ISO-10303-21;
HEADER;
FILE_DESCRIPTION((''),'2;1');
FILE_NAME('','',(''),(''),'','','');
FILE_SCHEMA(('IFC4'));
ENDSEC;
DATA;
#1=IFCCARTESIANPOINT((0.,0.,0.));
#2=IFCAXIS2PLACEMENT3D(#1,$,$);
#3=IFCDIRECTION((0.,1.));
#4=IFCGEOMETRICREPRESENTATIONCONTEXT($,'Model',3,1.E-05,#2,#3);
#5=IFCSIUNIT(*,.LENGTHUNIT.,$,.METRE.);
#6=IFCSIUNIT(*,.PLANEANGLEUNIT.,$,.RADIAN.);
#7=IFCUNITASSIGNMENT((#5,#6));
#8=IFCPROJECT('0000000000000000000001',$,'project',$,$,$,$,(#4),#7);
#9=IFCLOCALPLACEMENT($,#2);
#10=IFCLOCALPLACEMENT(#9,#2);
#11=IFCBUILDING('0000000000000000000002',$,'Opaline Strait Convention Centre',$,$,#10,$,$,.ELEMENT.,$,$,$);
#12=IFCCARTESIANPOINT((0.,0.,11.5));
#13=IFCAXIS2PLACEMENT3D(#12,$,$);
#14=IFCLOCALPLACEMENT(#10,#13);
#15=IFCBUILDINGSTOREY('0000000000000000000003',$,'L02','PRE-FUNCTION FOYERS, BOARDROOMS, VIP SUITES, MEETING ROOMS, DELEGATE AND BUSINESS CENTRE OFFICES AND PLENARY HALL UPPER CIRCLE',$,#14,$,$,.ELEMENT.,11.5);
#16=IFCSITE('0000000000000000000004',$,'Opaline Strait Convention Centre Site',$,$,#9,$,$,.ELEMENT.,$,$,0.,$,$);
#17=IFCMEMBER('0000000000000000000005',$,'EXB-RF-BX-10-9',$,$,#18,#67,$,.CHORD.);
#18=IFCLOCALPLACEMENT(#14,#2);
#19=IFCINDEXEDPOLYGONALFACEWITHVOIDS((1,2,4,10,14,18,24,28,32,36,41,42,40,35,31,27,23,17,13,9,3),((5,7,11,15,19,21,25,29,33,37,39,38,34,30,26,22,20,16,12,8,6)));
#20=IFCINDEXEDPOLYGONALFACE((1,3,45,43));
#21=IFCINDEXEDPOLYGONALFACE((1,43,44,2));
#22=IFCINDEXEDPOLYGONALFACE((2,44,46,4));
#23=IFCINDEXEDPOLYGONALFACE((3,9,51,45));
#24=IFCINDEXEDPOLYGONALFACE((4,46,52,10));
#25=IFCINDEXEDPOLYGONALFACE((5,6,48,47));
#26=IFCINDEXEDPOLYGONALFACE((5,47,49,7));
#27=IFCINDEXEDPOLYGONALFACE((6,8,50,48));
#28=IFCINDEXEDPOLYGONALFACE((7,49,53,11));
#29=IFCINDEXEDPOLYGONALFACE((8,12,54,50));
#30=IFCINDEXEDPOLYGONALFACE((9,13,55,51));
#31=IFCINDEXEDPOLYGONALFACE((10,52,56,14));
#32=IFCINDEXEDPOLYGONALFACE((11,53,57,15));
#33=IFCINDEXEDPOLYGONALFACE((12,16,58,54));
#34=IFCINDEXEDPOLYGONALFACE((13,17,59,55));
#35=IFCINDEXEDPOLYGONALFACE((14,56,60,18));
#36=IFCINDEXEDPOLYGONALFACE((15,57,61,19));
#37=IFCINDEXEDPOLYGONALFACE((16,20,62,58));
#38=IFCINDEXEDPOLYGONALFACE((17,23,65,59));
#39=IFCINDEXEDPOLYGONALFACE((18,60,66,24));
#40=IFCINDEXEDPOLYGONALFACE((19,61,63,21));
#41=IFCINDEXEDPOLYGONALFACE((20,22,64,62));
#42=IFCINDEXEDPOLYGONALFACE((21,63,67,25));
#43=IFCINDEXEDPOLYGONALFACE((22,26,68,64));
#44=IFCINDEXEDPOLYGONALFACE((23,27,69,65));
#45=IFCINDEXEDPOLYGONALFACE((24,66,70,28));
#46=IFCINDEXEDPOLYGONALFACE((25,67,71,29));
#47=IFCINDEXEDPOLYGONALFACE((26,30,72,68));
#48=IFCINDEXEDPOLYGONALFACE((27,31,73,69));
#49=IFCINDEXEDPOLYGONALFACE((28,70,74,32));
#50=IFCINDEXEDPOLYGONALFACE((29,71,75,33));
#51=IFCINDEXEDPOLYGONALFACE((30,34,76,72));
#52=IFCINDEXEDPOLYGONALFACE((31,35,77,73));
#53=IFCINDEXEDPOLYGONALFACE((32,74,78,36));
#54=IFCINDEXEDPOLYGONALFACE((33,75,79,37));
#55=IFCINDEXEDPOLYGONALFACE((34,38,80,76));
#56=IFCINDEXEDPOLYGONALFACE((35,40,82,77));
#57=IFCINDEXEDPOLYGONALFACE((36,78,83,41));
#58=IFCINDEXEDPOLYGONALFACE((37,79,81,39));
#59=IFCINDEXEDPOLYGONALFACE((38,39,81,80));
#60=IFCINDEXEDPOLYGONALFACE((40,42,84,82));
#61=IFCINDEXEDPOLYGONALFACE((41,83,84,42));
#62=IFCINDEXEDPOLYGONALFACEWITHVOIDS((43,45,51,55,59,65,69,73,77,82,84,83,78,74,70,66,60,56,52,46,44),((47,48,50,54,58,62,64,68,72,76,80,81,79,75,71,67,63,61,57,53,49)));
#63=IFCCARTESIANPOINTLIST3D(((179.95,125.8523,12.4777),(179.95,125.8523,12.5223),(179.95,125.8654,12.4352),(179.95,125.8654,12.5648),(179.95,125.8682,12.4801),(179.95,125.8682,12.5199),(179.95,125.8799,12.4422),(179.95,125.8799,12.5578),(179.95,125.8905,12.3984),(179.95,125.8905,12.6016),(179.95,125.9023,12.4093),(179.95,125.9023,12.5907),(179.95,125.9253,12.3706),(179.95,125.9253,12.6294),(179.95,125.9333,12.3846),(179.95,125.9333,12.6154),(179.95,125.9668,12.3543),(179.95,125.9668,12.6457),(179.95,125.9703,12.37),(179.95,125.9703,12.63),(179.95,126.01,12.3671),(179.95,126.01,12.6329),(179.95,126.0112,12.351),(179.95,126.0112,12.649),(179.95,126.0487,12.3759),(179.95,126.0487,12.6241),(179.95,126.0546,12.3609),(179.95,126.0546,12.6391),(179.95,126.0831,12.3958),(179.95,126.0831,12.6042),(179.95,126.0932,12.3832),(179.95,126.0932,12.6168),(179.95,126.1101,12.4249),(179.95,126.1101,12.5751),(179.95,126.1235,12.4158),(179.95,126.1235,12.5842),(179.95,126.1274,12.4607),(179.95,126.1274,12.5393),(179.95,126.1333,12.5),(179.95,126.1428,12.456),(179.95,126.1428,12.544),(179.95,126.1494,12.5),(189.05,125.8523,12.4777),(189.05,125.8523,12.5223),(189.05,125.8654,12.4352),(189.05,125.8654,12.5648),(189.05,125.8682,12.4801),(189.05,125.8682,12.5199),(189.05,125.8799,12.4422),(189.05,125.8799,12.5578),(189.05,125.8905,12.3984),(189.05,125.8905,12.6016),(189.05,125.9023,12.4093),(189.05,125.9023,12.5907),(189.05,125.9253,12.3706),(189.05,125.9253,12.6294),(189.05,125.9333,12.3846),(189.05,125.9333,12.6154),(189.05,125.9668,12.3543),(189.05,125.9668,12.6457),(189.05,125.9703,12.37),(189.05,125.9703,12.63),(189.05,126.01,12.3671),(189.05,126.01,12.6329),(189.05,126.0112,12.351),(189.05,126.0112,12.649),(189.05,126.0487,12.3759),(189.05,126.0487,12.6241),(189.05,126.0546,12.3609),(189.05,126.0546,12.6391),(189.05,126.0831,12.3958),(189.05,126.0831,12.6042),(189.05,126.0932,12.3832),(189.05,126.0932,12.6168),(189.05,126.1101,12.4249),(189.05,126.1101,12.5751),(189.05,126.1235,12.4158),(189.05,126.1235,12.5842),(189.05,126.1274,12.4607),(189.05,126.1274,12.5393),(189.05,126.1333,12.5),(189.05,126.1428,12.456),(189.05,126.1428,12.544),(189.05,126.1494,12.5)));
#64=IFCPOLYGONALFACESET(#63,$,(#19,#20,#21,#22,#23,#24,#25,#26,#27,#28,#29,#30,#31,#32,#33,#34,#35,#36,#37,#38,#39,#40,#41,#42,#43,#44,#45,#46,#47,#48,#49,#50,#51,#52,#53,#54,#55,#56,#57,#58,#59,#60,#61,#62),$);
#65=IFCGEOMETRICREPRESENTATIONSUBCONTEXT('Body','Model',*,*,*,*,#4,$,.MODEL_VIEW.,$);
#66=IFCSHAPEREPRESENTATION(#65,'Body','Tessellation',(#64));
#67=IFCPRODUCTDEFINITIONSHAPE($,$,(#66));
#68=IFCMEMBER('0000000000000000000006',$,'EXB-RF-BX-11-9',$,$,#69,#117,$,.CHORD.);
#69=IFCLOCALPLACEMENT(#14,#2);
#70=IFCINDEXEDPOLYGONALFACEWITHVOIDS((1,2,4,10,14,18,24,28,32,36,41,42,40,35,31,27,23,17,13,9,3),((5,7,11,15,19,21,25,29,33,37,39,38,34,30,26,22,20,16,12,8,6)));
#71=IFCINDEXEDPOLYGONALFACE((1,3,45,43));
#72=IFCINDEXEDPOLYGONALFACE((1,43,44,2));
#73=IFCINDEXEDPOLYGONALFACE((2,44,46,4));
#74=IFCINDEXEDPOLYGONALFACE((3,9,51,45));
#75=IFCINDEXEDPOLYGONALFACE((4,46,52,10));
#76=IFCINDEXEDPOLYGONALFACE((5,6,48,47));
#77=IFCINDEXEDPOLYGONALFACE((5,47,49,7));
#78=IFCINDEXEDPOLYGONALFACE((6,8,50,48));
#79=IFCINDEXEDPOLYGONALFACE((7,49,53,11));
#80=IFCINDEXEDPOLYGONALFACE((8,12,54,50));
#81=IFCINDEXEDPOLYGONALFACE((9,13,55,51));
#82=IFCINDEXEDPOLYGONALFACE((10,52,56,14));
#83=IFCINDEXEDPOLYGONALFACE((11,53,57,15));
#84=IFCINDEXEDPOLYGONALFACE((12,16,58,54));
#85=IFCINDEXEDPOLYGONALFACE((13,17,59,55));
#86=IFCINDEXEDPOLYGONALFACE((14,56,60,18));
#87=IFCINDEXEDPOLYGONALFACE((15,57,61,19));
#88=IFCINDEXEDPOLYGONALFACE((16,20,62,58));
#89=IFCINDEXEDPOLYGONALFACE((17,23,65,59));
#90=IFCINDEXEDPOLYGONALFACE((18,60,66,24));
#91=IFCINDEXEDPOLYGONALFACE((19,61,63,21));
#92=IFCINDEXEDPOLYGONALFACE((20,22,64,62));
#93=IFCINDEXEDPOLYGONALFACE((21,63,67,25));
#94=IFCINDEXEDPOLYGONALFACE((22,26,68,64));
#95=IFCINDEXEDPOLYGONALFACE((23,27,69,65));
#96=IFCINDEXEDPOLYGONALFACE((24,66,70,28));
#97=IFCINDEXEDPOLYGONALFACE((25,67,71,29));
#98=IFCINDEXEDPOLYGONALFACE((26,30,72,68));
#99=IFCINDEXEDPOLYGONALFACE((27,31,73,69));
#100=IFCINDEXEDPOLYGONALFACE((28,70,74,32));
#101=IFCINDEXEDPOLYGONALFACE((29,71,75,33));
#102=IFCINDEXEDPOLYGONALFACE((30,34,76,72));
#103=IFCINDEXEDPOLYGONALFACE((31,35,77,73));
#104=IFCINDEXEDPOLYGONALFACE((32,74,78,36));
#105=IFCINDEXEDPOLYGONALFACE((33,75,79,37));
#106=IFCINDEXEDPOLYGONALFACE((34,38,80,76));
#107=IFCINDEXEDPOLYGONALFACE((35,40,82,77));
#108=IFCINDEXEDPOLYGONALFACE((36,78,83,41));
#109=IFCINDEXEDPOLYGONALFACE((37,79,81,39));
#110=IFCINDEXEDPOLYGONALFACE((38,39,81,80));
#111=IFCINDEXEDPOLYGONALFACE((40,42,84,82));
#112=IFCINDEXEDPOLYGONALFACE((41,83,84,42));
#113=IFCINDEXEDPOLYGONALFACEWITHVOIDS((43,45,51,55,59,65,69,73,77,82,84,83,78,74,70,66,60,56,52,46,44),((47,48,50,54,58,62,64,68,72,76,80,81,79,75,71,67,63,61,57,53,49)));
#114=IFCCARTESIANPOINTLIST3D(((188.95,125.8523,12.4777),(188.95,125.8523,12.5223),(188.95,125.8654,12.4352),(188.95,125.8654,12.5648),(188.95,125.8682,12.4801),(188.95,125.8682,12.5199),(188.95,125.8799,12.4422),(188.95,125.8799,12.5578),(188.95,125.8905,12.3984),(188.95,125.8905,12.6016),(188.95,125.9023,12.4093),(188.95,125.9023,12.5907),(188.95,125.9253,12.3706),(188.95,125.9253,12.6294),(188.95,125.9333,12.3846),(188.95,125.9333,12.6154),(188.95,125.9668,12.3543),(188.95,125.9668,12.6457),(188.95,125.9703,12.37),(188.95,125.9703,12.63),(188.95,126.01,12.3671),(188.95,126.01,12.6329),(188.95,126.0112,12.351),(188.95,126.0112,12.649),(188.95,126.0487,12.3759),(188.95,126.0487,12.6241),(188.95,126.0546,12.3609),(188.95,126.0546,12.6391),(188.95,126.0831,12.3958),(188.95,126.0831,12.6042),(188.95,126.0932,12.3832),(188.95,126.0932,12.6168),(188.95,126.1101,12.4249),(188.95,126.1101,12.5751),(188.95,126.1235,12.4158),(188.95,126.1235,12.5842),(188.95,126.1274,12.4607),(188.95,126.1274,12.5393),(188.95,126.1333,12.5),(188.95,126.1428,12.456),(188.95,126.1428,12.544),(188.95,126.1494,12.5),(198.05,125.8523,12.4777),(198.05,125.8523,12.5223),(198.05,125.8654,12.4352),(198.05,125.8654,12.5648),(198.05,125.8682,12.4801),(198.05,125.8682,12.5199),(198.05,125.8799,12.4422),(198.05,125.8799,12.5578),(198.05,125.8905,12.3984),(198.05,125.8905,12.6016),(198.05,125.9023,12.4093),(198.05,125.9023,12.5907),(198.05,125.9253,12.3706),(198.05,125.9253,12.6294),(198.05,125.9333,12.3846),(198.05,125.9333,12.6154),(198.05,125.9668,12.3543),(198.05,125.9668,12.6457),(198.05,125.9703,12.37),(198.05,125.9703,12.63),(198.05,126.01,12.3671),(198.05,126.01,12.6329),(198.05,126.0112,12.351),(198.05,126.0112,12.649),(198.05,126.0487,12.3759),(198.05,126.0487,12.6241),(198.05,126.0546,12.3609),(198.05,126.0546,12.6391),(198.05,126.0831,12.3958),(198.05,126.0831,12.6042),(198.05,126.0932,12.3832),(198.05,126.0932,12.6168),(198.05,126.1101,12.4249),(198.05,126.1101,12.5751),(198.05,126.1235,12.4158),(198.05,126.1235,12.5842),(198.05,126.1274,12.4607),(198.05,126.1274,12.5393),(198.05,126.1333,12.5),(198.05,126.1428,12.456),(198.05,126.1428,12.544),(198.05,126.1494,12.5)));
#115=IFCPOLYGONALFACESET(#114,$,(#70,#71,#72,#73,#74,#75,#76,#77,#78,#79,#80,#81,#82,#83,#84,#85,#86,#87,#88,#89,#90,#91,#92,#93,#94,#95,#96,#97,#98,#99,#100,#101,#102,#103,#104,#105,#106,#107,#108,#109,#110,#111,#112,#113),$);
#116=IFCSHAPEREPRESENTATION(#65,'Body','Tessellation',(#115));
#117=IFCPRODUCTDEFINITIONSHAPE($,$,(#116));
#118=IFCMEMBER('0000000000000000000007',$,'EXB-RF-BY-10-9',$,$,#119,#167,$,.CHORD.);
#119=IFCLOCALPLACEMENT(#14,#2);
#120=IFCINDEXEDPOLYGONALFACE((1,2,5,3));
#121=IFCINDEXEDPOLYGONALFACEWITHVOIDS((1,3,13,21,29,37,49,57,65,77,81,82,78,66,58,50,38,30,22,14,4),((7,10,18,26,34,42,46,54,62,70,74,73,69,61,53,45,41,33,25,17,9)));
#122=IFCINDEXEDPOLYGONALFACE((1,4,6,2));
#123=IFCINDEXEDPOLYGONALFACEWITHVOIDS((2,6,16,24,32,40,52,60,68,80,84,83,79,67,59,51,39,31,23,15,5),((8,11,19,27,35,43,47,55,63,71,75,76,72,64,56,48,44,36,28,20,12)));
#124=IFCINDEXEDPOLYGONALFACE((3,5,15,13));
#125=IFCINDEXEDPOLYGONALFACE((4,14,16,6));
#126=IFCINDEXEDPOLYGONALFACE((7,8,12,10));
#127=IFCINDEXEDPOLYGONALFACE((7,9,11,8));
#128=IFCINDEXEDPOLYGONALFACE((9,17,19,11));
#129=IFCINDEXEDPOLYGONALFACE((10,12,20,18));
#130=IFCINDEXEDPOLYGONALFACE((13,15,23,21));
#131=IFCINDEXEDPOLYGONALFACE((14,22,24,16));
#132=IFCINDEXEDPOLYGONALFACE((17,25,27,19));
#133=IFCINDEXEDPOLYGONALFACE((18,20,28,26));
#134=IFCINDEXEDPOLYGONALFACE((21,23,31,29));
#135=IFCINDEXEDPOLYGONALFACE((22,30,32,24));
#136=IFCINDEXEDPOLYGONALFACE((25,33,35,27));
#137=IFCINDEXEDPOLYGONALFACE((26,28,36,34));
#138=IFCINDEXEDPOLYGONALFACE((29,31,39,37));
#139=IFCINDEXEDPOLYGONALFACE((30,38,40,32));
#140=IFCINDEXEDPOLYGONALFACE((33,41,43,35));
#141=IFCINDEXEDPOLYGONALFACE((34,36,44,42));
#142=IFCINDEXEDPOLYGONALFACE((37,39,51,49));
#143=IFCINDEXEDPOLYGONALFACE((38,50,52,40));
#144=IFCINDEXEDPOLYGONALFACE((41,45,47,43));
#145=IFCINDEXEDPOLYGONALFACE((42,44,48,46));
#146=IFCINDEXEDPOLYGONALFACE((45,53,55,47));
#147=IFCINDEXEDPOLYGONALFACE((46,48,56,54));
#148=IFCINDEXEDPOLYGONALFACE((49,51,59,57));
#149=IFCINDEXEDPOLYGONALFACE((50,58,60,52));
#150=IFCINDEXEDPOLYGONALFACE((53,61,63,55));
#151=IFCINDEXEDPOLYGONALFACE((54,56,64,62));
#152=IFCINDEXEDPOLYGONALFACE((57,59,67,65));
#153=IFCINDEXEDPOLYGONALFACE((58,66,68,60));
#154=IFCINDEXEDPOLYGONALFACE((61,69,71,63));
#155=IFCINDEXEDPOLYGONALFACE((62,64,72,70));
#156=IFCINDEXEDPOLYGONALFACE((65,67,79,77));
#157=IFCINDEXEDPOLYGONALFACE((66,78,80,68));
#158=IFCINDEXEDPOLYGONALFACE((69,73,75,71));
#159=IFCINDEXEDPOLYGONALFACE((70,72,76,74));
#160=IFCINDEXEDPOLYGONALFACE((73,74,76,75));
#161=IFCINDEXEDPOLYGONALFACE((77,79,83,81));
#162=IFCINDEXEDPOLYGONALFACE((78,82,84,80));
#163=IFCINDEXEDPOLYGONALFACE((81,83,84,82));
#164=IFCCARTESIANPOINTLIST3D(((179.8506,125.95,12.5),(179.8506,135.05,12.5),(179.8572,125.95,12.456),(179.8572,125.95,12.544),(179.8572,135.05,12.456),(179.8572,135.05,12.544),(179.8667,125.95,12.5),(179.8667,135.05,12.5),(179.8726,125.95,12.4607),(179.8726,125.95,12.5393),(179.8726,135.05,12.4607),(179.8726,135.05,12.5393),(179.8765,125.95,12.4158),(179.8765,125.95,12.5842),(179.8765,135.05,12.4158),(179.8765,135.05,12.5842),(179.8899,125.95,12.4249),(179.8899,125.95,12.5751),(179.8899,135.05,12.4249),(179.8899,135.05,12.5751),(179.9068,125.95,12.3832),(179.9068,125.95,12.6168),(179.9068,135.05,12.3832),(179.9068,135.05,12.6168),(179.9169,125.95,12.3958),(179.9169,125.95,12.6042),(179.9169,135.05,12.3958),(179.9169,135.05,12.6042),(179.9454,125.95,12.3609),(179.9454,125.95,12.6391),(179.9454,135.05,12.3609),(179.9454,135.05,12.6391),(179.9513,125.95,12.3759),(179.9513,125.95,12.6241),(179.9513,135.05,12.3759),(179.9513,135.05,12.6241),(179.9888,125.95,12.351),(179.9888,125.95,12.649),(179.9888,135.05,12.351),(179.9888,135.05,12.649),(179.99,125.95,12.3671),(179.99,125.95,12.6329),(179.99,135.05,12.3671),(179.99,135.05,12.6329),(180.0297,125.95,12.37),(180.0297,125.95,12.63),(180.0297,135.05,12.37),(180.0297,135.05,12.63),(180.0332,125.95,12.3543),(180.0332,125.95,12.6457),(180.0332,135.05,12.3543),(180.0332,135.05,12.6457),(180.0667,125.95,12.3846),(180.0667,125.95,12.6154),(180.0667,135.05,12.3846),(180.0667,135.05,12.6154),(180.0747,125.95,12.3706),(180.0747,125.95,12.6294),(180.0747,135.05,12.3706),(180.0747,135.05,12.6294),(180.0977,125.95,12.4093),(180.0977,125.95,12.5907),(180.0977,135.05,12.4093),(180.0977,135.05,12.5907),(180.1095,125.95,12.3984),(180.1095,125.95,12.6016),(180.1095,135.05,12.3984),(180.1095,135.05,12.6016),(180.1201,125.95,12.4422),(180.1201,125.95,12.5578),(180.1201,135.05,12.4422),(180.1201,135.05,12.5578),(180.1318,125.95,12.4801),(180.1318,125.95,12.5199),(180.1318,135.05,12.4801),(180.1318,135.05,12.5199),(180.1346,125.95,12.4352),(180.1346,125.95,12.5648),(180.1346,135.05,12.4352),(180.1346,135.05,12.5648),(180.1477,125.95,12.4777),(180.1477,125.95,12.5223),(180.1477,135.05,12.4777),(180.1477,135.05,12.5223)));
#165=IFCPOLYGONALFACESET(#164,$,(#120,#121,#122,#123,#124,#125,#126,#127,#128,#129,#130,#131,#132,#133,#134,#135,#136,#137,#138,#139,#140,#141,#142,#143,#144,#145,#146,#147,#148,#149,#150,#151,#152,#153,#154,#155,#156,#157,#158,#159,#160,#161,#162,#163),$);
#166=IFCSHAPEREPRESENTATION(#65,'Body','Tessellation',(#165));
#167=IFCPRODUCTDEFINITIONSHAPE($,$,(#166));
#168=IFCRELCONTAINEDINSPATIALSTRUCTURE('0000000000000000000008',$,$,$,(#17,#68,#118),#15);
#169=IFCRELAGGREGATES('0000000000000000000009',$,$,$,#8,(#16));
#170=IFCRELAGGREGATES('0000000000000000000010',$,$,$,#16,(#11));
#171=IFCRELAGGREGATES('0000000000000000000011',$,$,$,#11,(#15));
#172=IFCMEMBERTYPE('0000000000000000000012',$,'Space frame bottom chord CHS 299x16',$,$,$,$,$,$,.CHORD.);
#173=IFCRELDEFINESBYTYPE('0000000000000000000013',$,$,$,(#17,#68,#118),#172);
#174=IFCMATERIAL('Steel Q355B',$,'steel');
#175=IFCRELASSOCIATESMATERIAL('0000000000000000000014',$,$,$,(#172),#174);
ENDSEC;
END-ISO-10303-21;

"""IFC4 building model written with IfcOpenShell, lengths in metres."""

from ifc_helpers import new_model, si_unit, direction, frame, origin, origin_2d, place, context, subcontext, project, spatial, hollow_circle, extrude, material, material_profile, profile_set, type_object, element, save


model = new_model("IFC4")

# Units and contexts
model_context = context("Model", 3, precision=1e-05, world=origin(), true_north=direction((0.0, 1.0)))
body_context = subcontext(model_context, "Body", "Model", "MODEL_VIEW")
ifc_project = project(units=[si_unit("LENGTHUNIT", "METRE"), si_unit("PLANEANGLEUNIT", "RADIAN")], contexts=[model_context])

# Site, building, storey
site_placement = place(None, origin())
site = spatial("IfcSite", under=ifc_project, at=site_placement, Name="Opaline Strait Convention Centre Site", CompositionType="ELEMENT", RefElevation=0.0)
building_placement = place(site_placement, origin())
building = spatial("IfcBuilding", under=site, at=building_placement, Name="Opaline Strait Convention Centre", CompositionType="ELEMENT")
storey_placement = place(building_placement, frame((0.0, 0.0, 11.5)))
storey = spatial("IfcBuildingStorey", under=building, at=storey_placement, Name="L02", Description="PRE-FUNCTION FOYERS, BOARDROOMS, VIP SUITES, MEETING ROOMS, DELEGATE AND BUSINESS CENTRE OFFICES AND PLENARY HALL UPPER CIRCLE", CompositionType="ELEMENT", Elevation=11.5)

# Members
ifc_material = material(Name="Steel Q355B", Category="steel")
ifc_material_profile_1 = material_profile(ifc_material, hollow_circle(Radius=0.1494, WallThickness=0.0161, at=origin_2d()), Name="CHS 299x16")
ifc_profile_set_1 = profile_set([ifc_material_profile_1], Name="Steel Q355B")
member_type_1 = type_object("IfcMemberType", Name="Space frame bottom chord CHS 299x16", PredefinedType="CHORD", material=ifc_profile_set_1)
for number, where, z_axis, x_axis, name in (
    (1, (179.95, 126.0, 12.5), (1.0, 0.0, 0.0), (0.0, 1.0, 0.0), "EXB-RF-BX-10-9"),
    (2, (188.95, 126.0, 12.5), (1.0, 0.0, 0.0), (0.0, 1.0, 0.0), "EXB-RF-BX-11-9"),
    (3, (180.0, 125.95, 12.5), (0.0, 1.0, 0.0), (-1.0, 0.0, 0.0), "EXB-RF-BY-10-9"),
):
    element("IfcMember", number, at=place(storey_placement, frame(where, z_axis=z_axis, x_axis=x_axis)), inside=storey, type_object=member_type_1, Name=name, PredefinedType="CHORD", context=body_context, shape_type="SweptSolid", body=[
        extrude(hollow_circle(Radius=0.1494, WallThickness=0.0161, at=origin_2d()), origin(), (0.0, 0.0, 1.0), 9.1001),
    ])

save(model, "model.ifc")
